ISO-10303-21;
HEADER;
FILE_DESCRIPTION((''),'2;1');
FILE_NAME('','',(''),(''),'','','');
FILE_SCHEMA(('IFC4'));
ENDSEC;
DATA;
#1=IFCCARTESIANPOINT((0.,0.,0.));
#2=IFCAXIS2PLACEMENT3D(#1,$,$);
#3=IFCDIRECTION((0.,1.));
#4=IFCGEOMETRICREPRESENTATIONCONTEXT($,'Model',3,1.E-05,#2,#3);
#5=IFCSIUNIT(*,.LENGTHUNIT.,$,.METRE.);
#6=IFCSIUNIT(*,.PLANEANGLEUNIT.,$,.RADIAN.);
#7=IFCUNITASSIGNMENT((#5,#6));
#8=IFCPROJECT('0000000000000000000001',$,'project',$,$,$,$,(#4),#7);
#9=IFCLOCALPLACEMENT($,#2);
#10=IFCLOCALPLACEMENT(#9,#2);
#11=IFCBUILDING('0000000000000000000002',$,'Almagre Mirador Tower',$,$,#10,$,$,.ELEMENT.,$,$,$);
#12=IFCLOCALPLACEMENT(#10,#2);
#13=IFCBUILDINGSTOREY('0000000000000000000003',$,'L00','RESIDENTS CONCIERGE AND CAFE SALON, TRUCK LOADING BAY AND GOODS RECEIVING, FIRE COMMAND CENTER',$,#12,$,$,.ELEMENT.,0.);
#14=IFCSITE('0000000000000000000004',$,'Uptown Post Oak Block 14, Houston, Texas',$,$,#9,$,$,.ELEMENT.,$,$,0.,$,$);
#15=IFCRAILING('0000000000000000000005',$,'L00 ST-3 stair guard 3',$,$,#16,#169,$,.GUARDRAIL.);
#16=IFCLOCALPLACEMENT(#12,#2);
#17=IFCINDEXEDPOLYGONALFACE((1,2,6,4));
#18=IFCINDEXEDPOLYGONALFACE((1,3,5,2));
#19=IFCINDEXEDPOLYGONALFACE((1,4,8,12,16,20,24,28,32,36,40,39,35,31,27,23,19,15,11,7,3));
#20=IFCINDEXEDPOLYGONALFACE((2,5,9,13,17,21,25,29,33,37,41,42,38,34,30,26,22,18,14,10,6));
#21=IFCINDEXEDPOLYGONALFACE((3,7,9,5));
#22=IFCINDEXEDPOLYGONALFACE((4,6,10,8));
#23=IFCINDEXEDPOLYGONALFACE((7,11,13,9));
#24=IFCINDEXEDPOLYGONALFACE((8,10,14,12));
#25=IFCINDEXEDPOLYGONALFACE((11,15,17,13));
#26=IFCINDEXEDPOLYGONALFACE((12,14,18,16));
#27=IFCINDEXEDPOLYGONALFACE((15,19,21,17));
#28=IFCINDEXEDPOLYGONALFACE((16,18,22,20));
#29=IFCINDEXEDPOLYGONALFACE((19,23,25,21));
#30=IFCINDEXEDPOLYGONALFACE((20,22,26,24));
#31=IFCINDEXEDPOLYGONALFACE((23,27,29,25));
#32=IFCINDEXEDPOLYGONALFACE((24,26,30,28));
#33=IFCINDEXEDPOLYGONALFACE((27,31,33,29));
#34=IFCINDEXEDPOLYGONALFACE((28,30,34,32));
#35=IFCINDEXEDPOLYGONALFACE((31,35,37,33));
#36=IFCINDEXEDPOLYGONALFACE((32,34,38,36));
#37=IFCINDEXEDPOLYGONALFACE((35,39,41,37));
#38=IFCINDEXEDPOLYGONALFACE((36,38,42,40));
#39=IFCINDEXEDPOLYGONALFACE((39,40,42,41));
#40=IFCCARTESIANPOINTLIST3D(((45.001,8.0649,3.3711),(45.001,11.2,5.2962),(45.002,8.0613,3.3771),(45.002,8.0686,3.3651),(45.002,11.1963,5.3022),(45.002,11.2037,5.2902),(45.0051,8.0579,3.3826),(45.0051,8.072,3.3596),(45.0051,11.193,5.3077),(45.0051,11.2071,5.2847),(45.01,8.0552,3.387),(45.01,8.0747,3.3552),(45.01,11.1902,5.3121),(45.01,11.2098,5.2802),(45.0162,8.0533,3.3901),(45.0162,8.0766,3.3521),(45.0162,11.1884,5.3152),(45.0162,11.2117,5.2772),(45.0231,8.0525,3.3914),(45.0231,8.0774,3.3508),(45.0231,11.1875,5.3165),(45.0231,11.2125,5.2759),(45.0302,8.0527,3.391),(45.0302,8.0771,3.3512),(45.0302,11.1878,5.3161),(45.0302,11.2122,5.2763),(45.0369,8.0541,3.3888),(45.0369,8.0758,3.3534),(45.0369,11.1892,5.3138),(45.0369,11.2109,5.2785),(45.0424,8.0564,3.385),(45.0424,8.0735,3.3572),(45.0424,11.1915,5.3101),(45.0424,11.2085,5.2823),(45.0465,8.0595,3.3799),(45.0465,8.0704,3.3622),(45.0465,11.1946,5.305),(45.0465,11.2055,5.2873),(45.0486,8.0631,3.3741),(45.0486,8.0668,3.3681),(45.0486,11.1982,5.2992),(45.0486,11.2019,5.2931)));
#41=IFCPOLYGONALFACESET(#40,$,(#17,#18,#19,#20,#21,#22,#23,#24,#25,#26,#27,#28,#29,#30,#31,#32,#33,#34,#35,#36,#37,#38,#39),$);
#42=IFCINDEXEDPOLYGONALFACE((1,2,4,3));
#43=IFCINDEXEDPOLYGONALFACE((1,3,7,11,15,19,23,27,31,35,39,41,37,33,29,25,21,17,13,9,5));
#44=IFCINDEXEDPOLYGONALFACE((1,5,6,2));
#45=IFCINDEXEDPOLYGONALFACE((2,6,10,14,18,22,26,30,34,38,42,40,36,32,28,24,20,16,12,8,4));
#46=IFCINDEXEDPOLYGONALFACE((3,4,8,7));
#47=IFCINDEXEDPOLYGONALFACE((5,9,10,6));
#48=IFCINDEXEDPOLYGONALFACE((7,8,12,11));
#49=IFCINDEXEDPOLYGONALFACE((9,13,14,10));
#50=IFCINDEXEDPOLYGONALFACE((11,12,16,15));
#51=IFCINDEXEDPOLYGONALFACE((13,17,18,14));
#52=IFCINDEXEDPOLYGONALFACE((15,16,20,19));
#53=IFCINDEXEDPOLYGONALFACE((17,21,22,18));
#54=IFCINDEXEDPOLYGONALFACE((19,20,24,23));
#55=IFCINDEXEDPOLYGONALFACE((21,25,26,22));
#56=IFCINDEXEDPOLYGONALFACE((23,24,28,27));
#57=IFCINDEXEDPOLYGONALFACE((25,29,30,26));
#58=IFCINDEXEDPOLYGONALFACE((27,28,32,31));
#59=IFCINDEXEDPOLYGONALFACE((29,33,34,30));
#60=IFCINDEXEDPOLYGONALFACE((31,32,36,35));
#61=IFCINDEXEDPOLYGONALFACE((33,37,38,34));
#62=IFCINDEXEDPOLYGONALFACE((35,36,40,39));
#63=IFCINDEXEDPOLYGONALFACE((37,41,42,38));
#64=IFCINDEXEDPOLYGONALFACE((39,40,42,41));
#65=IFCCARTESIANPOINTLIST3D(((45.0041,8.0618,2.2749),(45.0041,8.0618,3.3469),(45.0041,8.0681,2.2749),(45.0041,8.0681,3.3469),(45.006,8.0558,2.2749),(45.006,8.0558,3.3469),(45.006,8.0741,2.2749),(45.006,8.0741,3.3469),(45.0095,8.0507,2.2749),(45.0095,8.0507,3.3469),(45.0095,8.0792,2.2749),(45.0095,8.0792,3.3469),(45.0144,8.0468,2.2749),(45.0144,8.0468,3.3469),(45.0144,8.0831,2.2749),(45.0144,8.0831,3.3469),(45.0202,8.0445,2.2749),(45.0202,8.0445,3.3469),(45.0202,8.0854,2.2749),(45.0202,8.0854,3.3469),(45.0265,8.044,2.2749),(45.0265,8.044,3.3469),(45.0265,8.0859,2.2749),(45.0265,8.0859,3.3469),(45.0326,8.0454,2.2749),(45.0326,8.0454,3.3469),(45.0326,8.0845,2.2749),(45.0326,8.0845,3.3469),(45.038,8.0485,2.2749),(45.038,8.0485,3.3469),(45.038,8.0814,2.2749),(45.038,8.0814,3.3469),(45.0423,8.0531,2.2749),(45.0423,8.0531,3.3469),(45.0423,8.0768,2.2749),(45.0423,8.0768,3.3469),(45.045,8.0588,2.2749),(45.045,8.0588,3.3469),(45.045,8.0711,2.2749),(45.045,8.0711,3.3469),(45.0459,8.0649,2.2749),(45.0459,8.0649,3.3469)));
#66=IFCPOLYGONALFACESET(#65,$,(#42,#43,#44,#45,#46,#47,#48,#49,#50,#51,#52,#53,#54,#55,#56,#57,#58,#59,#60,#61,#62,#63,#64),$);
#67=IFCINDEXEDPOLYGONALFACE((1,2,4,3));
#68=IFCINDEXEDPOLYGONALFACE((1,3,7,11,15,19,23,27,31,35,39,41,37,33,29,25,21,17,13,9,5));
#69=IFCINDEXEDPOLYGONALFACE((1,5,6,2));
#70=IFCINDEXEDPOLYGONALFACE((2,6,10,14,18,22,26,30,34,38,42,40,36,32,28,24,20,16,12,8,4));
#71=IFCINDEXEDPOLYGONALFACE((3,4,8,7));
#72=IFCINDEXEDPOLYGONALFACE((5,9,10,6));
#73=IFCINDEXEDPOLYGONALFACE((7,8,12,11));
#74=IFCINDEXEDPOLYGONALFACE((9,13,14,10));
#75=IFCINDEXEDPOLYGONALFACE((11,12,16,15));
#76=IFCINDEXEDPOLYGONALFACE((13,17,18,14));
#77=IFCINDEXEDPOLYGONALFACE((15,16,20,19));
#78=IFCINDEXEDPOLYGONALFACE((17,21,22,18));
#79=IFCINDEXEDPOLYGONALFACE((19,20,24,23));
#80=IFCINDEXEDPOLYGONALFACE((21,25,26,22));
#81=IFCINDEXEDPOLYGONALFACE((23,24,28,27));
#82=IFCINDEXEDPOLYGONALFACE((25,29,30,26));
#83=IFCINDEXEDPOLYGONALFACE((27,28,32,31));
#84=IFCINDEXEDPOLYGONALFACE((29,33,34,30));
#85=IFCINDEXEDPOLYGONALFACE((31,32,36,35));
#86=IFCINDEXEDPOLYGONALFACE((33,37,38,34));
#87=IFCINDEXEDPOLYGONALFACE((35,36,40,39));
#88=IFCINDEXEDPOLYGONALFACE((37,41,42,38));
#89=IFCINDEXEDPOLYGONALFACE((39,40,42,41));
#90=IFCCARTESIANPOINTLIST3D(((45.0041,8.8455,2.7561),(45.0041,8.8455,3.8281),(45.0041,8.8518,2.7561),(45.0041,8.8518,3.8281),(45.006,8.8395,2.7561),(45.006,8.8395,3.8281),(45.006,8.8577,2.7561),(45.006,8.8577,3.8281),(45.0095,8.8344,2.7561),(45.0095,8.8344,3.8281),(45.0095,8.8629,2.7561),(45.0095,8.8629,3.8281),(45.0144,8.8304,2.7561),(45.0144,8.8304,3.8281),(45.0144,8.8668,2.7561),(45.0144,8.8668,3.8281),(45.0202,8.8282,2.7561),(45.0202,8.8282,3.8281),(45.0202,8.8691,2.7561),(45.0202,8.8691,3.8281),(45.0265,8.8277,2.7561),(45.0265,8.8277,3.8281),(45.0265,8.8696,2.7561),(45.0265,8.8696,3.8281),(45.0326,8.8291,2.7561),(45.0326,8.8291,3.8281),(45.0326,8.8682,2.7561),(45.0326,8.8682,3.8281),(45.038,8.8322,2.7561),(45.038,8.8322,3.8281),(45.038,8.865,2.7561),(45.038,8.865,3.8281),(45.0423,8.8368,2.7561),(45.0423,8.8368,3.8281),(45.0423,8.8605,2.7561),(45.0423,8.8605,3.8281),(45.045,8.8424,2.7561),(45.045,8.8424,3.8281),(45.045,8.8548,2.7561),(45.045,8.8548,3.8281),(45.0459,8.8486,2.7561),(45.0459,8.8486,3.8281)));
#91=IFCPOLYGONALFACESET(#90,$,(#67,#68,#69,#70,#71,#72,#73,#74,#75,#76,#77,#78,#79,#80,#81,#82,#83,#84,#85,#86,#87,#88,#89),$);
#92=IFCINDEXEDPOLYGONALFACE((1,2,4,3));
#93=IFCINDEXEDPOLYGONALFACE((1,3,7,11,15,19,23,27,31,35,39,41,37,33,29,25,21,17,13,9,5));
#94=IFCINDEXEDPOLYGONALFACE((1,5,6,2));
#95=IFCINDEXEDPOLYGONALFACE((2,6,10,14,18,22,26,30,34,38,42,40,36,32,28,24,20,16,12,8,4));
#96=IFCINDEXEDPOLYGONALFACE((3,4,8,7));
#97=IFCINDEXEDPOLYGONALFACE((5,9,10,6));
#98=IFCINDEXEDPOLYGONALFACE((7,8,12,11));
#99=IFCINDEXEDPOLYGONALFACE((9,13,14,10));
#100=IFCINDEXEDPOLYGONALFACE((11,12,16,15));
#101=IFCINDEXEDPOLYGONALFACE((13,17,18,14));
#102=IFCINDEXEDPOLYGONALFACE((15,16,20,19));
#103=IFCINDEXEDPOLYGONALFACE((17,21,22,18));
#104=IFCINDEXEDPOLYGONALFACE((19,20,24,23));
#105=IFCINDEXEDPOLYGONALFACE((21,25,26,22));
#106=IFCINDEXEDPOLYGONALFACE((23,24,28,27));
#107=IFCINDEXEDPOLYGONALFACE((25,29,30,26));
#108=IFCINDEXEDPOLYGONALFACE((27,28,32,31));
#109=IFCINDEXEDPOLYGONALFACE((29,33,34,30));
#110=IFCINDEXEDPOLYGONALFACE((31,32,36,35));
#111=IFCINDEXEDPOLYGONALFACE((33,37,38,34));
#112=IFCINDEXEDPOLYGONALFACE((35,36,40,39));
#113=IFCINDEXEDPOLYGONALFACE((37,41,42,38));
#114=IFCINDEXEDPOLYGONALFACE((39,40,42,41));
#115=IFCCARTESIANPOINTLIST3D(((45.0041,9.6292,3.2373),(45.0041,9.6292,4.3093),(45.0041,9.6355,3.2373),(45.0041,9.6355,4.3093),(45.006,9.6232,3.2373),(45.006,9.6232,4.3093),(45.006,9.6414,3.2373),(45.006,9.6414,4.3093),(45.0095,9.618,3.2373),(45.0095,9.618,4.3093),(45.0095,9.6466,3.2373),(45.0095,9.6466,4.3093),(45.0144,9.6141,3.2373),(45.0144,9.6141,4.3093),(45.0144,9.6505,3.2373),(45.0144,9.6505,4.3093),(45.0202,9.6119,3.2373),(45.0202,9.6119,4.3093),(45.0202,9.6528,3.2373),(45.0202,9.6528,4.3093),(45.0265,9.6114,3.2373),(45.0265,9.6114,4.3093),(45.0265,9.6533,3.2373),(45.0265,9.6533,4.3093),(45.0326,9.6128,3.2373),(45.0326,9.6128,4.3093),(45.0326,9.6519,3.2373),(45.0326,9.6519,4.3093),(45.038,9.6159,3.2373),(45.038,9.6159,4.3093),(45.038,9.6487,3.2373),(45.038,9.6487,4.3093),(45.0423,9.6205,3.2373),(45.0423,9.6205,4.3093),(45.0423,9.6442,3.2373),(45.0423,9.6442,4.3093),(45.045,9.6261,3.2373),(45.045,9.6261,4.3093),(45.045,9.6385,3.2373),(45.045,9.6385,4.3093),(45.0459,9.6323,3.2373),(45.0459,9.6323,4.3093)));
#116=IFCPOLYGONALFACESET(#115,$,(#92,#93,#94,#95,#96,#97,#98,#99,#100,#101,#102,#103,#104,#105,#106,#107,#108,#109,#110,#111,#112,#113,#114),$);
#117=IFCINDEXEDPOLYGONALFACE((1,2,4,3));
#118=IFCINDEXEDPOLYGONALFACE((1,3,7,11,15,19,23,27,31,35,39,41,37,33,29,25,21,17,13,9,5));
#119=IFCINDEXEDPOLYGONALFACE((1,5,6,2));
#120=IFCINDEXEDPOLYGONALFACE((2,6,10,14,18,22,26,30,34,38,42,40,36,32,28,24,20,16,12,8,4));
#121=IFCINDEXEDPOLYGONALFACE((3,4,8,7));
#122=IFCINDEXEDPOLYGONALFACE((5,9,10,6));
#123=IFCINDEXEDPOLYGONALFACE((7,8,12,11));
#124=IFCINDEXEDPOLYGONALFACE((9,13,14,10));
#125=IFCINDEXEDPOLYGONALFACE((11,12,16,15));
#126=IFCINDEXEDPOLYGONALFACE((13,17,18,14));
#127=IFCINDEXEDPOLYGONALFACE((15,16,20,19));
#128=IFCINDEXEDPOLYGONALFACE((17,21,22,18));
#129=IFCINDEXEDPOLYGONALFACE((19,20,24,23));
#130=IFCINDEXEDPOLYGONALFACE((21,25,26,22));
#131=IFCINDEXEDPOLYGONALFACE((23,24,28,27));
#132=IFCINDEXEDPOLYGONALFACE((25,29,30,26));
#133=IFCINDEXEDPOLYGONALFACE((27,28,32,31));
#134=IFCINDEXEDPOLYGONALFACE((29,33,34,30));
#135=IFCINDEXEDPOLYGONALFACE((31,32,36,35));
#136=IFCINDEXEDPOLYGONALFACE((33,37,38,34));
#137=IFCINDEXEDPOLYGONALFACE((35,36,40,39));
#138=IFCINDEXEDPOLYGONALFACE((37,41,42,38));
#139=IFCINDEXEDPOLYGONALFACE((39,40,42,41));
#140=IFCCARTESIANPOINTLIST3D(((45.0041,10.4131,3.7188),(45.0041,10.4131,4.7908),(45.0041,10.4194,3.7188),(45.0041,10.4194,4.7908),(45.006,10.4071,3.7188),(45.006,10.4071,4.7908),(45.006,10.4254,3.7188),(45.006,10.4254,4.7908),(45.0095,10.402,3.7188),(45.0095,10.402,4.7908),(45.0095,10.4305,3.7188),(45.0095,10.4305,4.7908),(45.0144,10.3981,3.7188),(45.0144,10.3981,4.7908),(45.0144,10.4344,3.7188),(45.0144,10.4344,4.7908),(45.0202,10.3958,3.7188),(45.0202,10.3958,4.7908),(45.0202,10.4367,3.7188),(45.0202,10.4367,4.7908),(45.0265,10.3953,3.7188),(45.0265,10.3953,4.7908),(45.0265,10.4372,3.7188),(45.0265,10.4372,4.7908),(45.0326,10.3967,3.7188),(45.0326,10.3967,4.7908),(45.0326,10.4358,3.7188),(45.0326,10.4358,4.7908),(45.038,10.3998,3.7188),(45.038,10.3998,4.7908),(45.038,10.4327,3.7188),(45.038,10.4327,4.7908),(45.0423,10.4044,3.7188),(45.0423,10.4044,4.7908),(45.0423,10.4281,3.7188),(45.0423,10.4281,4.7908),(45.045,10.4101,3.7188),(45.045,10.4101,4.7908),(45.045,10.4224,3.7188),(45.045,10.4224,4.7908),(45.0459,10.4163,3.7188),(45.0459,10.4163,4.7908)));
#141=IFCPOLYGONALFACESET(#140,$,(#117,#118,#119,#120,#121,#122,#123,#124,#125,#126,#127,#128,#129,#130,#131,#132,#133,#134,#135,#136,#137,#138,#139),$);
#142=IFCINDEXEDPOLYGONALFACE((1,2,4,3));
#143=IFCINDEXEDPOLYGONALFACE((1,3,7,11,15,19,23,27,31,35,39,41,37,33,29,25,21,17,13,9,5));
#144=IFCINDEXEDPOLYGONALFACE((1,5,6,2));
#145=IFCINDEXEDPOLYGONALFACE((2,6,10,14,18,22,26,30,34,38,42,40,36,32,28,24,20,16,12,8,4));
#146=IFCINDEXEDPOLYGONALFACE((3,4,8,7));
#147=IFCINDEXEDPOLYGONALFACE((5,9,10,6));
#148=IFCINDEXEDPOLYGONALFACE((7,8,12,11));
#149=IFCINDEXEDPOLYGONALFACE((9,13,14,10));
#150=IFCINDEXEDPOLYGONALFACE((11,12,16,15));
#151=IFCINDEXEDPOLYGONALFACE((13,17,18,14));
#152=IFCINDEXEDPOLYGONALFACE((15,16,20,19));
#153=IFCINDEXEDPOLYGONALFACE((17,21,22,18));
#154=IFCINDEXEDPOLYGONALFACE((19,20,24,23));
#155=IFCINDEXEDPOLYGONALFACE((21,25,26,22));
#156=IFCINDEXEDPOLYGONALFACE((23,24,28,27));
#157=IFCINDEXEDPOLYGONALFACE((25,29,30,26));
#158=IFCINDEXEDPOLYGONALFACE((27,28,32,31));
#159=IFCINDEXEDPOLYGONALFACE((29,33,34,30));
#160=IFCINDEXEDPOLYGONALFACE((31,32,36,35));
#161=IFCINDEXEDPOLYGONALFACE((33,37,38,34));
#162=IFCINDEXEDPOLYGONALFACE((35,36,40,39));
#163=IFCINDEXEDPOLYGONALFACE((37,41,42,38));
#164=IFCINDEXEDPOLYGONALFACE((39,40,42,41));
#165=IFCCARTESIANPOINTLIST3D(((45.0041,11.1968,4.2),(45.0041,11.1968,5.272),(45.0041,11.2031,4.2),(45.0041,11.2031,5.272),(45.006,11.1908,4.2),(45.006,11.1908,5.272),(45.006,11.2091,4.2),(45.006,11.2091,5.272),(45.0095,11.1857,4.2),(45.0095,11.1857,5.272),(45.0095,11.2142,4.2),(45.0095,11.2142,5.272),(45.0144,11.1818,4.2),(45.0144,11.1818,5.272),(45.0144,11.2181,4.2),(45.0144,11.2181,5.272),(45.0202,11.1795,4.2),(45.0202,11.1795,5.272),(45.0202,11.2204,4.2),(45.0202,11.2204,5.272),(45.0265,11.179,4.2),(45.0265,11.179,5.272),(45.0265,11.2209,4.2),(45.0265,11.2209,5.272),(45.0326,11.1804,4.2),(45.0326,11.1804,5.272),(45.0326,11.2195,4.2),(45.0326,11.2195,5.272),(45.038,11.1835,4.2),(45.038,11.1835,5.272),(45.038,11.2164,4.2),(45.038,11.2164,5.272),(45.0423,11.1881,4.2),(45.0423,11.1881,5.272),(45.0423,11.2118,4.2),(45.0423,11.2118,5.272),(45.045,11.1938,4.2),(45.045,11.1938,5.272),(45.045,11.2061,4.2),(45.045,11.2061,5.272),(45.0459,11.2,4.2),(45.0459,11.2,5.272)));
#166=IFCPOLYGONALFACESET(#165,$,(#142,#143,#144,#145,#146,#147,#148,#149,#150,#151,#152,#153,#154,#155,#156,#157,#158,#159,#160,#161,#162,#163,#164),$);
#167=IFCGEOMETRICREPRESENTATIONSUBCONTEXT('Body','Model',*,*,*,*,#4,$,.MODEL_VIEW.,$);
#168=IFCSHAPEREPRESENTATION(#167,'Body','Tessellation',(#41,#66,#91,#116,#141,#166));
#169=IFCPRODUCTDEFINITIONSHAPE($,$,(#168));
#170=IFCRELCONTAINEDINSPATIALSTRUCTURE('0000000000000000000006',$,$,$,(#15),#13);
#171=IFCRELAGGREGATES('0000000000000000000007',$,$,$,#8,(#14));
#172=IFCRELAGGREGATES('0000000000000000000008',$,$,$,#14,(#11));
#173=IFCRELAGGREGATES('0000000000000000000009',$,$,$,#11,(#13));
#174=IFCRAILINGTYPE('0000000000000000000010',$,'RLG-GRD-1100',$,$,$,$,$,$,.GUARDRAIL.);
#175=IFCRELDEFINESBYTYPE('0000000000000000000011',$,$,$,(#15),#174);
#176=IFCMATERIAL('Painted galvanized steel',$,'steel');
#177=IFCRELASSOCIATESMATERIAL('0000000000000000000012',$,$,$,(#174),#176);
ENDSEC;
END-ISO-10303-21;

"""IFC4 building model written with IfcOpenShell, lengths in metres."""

from ifc_helpers import new_model, si_unit, direction, frame, origin, origin_2d, place, context, subcontext, project, spatial, circle, extrude, material, type_object, element, save


model = new_model("IFC4")

# Units and contexts
model_context = context("Model", 3, precision=1e-05, world=origin(), true_north=direction((0.0, 1.0)))
body_context = subcontext(model_context, "Body", "Model", "MODEL_VIEW")
ifc_project = project(units=[si_unit("LENGTHUNIT", "METRE"), si_unit("PLANEANGLEUNIT", "RADIAN")], contexts=[model_context])

# Site, building, storey
site_placement = place(None, origin())
site = spatial("IfcSite", under=ifc_project, at=site_placement, Name="Uptown Post Oak Block 14, Houston, Texas", CompositionType="ELEMENT", RefElevation=0.0)
building_placement = place(site_placement, origin())
building = spatial("IfcBuilding", under=site, at=building_placement, Name="Almagre Mirador Tower", CompositionType="ELEMENT")
storey_placement = place(building_placement, origin())
storey = spatial("IfcBuildingStorey", under=building, at=storey_placement, Name="L00", Description="RESIDENTS CONCIERGE AND CAFE SALON, TRUCK LOADING BAY AND GOODS RECEIVING, FIRE COMMAND CENTER", CompositionType="ELEMENT", Elevation=0.0)

# Railing
ifc_material_1 = material(Name="Painted galvanized steel", Category="steel")
railing_type_1 = type_object("IfcRailingType", Name="RLG-GRD-1100", PredefinedType="GUARDRAIL", material=ifc_material_1)
railing_1_placement = place(storey_placement, frame((45.0249, 8.0649, 2.2749)))
element("IfcRailing", 1, at=railing_1_placement, inside=storey, type_object=railing_type_1, Name="L00 ST-3 stair guard 3", PredefinedType="GUARDRAIL", context=body_context, shape_type="SweptSolid", body=[
    extrude(circle(Radius=0.0239, at=origin_2d()), frame((0.0, 0.0, 1.0962), z_axis=(0.0, 0.852166, 0.523271), x_axis=(-1.0, 0.0, 0.0)), (0.0, 0.0, 1.0), 3.679),
    extrude(circle(Radius=0.021, at=origin_2d()), origin(), (0.0, 0.0, 1.0), 1.072),
    extrude(circle(Radius=0.021, at=origin_2d()), frame((0.0, 0.7837, 0.4812)), (0.0, 0.0, 1.0), 1.072),
    extrude(circle(Radius=0.021, at=origin_2d()), frame((0.0, 1.5674, 0.9624)), (0.0, 0.0, 1.0), 1.072),
    extrude(circle(Radius=0.021, at=origin_2d()), frame((0.0, 2.3513, 1.4438)), (0.0, 0.0, 1.0), 1.072),
    extrude(circle(Radius=0.021, at=origin_2d()), frame((0.0, 3.135, 1.925)), (0.0, 0.0, 1.0), 1.072),
])

save(model, "model.ifc")
